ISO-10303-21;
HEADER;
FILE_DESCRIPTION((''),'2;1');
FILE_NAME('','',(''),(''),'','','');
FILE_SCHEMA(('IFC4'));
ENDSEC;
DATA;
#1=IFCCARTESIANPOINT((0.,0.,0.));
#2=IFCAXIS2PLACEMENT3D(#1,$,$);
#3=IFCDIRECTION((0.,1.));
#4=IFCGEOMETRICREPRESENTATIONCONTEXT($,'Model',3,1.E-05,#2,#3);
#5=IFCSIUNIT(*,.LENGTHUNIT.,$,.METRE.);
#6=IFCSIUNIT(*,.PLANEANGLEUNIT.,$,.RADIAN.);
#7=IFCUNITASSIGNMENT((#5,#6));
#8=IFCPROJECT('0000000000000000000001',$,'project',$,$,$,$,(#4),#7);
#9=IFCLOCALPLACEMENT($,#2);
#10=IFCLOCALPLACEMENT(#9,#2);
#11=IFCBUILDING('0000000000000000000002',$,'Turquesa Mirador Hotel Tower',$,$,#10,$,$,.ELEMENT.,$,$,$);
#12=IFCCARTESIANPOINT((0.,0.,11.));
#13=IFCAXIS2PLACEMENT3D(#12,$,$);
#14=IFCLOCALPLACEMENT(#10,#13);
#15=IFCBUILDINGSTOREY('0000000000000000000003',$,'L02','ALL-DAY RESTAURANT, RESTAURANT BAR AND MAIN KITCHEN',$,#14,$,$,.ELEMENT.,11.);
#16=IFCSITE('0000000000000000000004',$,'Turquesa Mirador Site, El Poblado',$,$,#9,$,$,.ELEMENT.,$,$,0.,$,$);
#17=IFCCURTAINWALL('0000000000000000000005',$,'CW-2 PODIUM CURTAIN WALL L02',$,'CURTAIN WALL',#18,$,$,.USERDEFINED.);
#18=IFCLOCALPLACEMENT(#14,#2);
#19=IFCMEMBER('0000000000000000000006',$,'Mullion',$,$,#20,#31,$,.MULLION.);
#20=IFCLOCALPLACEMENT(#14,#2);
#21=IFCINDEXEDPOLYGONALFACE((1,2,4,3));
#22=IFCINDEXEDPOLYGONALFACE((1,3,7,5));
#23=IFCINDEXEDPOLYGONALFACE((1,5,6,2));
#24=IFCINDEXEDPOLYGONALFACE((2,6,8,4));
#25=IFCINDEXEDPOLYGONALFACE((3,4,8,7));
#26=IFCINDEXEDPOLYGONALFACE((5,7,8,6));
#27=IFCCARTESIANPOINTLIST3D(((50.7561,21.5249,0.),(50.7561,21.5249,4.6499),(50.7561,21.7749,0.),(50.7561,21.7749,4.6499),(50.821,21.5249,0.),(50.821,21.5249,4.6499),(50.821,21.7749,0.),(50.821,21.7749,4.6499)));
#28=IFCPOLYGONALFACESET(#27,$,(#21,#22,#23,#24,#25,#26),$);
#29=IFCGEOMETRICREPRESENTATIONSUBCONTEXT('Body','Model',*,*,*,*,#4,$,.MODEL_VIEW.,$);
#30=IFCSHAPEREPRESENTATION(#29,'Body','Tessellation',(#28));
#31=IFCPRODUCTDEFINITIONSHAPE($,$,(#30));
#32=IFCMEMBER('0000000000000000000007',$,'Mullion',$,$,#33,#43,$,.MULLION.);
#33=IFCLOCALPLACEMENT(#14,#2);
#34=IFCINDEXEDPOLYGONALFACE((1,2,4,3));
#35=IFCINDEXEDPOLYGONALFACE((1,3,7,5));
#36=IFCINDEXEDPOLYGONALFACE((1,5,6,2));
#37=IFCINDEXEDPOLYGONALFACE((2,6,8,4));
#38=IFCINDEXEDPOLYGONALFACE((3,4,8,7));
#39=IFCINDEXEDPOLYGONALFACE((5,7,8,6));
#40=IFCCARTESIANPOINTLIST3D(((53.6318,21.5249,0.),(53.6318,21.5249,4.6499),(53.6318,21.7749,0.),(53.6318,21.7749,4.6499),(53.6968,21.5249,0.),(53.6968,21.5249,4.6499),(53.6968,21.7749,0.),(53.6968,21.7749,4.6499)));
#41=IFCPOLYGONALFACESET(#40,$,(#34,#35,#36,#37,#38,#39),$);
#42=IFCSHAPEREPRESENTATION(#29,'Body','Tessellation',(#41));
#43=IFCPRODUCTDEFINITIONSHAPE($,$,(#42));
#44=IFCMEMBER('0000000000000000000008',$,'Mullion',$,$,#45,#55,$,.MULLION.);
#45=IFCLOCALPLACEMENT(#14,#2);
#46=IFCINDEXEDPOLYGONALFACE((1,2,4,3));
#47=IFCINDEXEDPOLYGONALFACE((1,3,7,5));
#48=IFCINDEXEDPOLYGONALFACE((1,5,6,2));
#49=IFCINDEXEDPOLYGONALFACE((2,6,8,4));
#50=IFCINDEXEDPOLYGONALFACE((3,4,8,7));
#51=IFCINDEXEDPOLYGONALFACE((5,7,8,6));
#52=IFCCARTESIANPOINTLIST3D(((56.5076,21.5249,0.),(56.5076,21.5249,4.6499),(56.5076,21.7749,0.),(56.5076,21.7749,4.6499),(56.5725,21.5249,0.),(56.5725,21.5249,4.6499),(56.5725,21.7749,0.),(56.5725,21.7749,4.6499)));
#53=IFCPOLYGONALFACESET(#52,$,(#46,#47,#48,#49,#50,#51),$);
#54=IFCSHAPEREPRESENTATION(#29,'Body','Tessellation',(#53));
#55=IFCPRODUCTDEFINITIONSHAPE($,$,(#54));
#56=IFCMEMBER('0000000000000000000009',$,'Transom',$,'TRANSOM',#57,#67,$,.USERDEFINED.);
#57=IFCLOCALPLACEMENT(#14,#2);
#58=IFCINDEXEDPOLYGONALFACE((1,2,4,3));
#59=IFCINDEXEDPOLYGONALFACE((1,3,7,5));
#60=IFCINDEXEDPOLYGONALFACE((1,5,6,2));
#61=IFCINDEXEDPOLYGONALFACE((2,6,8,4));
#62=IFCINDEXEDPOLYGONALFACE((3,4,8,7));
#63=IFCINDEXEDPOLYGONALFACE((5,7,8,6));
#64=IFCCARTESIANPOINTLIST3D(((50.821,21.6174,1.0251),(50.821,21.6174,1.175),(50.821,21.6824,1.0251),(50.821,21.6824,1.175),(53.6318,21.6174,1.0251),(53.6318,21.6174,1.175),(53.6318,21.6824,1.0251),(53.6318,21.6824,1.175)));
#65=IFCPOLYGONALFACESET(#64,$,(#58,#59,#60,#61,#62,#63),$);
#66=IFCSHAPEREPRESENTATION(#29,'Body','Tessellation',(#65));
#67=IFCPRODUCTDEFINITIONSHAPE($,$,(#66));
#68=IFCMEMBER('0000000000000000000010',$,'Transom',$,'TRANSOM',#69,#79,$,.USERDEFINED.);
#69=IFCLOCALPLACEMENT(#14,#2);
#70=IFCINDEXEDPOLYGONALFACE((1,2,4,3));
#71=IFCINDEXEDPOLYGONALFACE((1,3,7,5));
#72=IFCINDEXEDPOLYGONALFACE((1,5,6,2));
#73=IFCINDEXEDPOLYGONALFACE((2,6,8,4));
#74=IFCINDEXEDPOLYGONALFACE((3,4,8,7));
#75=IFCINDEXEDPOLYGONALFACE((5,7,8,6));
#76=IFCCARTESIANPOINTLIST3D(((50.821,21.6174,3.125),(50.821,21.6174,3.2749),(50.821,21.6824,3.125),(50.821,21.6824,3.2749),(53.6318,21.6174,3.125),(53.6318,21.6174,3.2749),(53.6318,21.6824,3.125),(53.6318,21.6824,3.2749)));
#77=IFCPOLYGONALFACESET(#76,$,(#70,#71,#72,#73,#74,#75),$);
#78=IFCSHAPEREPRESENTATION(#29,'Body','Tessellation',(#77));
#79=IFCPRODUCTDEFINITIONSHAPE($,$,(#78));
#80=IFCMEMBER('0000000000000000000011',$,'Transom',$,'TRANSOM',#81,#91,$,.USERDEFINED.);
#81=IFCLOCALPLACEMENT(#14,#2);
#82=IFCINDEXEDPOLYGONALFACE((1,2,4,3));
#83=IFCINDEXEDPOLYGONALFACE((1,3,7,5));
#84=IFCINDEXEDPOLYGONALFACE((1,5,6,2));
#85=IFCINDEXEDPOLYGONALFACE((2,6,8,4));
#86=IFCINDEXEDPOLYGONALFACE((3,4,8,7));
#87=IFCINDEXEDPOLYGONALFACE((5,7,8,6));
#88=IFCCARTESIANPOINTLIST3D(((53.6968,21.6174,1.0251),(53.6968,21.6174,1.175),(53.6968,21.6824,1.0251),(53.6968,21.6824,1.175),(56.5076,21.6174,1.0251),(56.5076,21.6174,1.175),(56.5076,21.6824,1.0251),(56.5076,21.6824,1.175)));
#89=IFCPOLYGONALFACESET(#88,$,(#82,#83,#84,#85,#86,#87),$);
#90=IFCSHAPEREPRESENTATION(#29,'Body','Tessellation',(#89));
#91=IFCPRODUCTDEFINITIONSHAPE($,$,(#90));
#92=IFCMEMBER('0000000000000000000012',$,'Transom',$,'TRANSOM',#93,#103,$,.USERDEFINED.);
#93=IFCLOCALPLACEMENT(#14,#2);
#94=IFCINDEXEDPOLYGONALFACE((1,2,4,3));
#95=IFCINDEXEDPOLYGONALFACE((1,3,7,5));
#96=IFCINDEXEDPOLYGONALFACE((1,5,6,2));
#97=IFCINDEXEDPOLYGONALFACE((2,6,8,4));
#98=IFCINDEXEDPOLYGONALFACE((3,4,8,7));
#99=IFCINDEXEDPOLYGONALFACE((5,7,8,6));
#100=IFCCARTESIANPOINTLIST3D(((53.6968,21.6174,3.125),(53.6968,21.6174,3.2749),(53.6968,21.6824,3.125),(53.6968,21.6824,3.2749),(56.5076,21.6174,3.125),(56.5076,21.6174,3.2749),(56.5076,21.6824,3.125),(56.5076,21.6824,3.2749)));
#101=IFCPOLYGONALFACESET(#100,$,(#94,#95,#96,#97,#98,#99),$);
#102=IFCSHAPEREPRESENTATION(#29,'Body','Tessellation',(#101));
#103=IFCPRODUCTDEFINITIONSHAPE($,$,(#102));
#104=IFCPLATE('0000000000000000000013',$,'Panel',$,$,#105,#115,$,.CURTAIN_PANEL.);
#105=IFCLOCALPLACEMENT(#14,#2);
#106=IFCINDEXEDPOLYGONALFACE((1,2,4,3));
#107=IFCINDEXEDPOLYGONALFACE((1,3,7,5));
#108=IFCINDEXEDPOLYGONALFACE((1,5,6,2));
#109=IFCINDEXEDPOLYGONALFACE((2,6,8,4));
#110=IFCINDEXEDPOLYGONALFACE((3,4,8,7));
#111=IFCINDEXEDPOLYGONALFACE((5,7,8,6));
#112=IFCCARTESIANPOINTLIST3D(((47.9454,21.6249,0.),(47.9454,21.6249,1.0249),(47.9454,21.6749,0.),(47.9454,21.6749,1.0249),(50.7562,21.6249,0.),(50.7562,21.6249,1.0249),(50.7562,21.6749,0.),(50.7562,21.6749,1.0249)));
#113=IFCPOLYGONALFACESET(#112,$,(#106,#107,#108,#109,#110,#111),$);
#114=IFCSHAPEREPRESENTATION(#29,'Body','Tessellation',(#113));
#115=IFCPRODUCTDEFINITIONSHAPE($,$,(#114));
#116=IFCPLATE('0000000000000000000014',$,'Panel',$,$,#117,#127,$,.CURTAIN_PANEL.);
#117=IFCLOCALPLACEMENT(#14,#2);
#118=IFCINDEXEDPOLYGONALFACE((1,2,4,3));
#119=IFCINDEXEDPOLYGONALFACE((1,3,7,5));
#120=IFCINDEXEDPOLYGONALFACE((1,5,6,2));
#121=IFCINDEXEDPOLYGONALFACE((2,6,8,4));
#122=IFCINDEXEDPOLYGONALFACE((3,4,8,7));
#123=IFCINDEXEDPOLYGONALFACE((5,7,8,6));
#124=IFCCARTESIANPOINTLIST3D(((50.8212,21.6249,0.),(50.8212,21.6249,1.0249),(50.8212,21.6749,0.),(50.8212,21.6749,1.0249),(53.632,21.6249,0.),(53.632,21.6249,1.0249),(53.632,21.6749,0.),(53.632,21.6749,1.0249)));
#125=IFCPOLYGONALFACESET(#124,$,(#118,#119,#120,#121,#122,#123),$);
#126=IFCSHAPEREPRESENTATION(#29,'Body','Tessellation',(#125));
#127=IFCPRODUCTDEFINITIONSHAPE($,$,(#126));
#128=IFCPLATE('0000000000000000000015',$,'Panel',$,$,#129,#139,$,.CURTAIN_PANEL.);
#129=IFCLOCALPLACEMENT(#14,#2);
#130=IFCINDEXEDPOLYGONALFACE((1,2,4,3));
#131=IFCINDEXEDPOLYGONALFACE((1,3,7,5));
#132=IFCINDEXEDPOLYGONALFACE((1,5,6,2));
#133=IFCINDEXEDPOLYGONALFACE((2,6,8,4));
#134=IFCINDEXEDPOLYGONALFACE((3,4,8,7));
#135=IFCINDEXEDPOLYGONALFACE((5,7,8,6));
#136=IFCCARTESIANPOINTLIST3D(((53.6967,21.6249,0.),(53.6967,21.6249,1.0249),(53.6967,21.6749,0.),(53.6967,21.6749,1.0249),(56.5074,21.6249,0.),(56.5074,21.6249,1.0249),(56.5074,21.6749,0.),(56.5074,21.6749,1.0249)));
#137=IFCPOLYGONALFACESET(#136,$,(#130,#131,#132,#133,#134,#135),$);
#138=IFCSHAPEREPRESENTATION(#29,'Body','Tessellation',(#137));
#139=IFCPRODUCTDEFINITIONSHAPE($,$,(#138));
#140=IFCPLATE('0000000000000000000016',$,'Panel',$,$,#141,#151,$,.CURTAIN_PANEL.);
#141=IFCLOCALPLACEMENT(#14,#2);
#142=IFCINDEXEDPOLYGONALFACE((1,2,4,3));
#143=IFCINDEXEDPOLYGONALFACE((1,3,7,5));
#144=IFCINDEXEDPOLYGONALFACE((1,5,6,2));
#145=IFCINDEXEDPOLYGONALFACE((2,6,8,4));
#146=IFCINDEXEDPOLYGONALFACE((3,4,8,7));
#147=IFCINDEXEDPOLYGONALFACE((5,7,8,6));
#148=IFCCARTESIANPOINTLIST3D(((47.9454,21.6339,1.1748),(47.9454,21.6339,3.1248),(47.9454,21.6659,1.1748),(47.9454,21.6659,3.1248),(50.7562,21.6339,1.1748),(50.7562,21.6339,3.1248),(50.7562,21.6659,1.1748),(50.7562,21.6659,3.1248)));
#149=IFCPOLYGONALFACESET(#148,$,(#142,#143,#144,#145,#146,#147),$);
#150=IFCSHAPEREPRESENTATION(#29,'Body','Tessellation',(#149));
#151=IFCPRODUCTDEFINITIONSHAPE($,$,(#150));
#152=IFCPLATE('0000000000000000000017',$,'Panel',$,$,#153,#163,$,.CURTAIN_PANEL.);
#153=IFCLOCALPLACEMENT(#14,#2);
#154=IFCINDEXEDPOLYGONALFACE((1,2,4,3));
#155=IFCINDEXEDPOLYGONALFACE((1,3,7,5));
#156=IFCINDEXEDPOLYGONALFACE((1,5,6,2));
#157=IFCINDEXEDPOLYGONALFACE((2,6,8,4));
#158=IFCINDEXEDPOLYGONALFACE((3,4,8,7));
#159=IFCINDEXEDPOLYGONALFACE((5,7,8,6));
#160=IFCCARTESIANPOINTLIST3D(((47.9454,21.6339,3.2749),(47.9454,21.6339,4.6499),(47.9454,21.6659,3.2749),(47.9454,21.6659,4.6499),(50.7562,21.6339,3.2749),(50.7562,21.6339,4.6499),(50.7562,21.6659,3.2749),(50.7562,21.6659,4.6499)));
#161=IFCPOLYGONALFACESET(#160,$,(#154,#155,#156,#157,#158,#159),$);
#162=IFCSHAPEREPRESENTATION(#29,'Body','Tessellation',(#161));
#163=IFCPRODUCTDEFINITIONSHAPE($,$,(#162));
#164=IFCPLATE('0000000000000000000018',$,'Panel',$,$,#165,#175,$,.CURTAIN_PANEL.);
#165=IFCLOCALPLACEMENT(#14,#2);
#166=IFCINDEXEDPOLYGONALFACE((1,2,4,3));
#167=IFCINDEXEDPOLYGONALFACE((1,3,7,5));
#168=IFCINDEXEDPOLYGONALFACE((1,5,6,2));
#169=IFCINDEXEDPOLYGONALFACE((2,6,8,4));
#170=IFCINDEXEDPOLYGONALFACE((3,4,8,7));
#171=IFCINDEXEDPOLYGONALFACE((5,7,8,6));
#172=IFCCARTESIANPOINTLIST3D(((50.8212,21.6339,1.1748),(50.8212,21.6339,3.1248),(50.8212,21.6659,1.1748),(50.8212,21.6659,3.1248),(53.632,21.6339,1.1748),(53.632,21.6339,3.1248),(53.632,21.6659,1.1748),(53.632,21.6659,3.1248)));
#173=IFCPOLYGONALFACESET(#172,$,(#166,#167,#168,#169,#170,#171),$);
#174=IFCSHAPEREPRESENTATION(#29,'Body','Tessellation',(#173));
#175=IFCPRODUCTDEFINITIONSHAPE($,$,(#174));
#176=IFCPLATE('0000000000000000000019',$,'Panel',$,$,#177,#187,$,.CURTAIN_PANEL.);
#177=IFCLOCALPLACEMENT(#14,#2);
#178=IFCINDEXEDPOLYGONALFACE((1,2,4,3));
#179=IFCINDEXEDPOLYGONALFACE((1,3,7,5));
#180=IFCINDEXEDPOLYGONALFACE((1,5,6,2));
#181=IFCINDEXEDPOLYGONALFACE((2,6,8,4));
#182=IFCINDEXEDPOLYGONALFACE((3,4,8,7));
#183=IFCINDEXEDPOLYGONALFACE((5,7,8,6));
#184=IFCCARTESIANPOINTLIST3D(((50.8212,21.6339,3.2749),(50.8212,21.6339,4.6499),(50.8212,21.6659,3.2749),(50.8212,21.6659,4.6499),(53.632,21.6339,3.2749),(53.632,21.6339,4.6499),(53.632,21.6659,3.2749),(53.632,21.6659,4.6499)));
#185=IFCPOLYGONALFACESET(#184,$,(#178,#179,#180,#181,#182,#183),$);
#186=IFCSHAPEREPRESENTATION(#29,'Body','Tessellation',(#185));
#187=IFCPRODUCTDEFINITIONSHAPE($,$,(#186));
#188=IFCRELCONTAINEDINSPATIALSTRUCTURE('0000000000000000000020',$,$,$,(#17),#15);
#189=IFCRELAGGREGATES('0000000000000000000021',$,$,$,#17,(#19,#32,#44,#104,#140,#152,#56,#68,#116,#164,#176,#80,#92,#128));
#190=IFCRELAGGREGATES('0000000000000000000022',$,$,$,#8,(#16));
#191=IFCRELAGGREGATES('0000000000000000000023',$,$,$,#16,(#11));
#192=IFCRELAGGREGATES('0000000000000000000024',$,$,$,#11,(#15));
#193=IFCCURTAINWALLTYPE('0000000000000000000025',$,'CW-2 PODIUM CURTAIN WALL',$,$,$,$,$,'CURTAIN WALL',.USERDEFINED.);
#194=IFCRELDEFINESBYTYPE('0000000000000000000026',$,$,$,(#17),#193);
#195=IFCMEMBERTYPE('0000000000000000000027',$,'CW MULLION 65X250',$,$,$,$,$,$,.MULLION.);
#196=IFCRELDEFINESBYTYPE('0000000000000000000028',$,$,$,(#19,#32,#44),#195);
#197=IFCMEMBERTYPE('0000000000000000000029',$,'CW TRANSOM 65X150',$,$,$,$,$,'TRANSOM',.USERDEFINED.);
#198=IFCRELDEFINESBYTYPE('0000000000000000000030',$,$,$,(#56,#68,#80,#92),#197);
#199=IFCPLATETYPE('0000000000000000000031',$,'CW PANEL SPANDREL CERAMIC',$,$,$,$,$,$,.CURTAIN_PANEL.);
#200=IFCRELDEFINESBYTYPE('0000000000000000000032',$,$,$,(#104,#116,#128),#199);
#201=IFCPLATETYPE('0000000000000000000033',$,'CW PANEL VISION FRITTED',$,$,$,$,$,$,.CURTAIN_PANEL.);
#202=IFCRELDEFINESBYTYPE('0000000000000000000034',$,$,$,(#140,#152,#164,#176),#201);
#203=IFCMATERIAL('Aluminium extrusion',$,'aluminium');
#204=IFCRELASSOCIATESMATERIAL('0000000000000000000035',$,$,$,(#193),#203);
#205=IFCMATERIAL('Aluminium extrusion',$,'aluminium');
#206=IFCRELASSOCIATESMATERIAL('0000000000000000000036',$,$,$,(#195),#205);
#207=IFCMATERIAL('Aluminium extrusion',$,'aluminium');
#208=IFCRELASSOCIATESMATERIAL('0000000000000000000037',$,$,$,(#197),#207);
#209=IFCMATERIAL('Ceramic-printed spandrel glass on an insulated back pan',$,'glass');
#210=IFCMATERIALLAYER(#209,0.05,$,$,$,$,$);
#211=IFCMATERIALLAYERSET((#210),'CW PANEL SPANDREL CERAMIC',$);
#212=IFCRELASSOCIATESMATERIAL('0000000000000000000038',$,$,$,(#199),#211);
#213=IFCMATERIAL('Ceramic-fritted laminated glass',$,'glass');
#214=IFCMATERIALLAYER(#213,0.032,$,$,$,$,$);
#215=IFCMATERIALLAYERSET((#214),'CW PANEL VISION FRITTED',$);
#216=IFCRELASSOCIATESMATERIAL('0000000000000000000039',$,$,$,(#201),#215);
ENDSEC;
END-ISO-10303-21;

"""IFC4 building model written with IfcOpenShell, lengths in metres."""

from ifc_helpers import new_model, si_unit, direction, frame, origin, origin_2d, place, context, subcontext, project, spatial, rectangle, extrude, material, layer, layer_set, material_profile, profile_set, type_object, element, aggregate, save


model = new_model("IFC4")

# Units and contexts
model_context = context("Model", 3, precision=1e-05, world=origin(), true_north=direction((0.0, 1.0)))
body_context = subcontext(model_context, "Body", "Model", "MODEL_VIEW")
ifc_project = project(units=[si_unit("LENGTHUNIT", "METRE"), si_unit("PLANEANGLEUNIT", "RADIAN")], contexts=[model_context])

# Site, building, storey
site_placement = place(None, origin())
site = spatial("IfcSite", under=ifc_project, at=site_placement, Name="Turquesa Mirador Site, El Poblado", CompositionType="ELEMENT", RefElevation=0.0)
building_placement = place(site_placement, origin())
building = spatial("IfcBuilding", under=site, at=building_placement, Name="Turquesa Mirador Hotel Tower", CompositionType="ELEMENT")
storey_placement = place(building_placement, frame((0.0, 0.0, 11.0)))
storey = spatial("IfcBuildingStorey", under=building, at=storey_placement, Name="L02", Description="ALL-DAY RESTAURANT, RESTAURANT BAR AND MAIN KITCHEN", CompositionType="ELEMENT", Elevation=11.0)

# Curtain wall, members, plates
ifc_material_1 = material(Name="Aluminium extrusion", Category="aluminium")
curtain_wall_type = type_object("IfcCurtainWallType", Name="CW-2 PODIUM CURTAIN WALL", ElementType="CURTAIN WALL", PredefinedType="USERDEFINED", material=ifc_material_1)
curtain_wall_placement = place(storey_placement, origin())
curtain_wall = element("IfcCurtainWall", 1, at=curtain_wall_placement, inside=storey, type_object=curtain_wall_type, Name="CW-2 PODIUM CURTAIN WALL L02", ObjectType="CURTAIN WALL", PredefinedType="USERDEFINED")
ifc_material_2 = material(Name="Aluminium extrusion", Category="aluminium")
ifc_material_profile_1 = material_profile(ifc_material_2, rectangle(XDim=0.0649, YDim=0.25, at=origin_2d()), Name="MULLION 65X250")
ifc_profile_set_1 = profile_set([ifc_material_profile_1], Name="Aluminium extrusion")
member_type_1 = type_object("IfcMemberType", Name="CW MULLION 65X250", PredefinedType="MULLION", material=ifc_profile_set_1)
member_1_placement = place(storey_placement, frame((50.7886, 21.6499, 0.0), z_axis=(0.0, 0.0, 1.0), x_axis=(1.0, 0.0, 0.0)))
member_1 = element("IfcMember", 2, at=member_1_placement, type_object=member_type_1, Name="Mullion", PredefinedType="MULLION", context=body_context, shape_type="SweptSolid", body=[
    extrude(rectangle(XDim=0.0649, YDim=0.25, at=origin_2d()), origin(), (0.0, 0.0, 1.0), 4.6499),
])
member_2_placement = place(storey_placement, frame((53.6643, 21.6499, 0.0), z_axis=(0.0, 0.0, 1.0), x_axis=(1.0, 0.0, 0.0)))
member_2 = element("IfcMember", 3, at=member_2_placement, type_object=member_type_1, Name="Mullion", PredefinedType="MULLION", context=body_context, shape_type="SweptSolid", body=[
    extrude(rectangle(XDim=0.0649, YDim=0.25, at=origin_2d()), origin(), (0.0, 0.0, 1.0), 4.6499),
])
member_3_placement = place(storey_placement, frame((56.54, 21.6499, 0.0), z_axis=(0.0, 0.0, 1.0), x_axis=(1.0, 0.0, 0.0)))
member_3 = element("IfcMember", 4, at=member_3_placement, type_object=member_type_1, Name="Mullion", PredefinedType="MULLION", context=body_context, shape_type="SweptSolid", body=[
    extrude(rectangle(XDim=0.0649, YDim=0.25, at=origin_2d()), origin(), (0.0, 0.0, 1.0), 4.6499),
])
ifc_material_3 = material(Name="Aluminium extrusion", Category="aluminium")
ifc_material_profile_2 = material_profile(ifc_material_3, rectangle(XDim=0.0649, YDim=0.1499, at=origin_2d()), Name="TRANSOM 65X150")
ifc_profile_set_2 = profile_set([ifc_material_profile_2], Name="Aluminium extrusion")
member_type_2 = type_object("IfcMemberType", Name="CW TRANSOM 65X150", ElementType="TRANSOM", PredefinedType="USERDEFINED", material=ifc_profile_set_2)
member_4_placement = place(storey_placement, frame((50.821, 21.6499, 1.1001), z_axis=(1.0, 0.0, 0.0), x_axis=(0.0, 1.0, 0.0)))
member_4 = element("IfcMember", 5, at=member_4_placement, type_object=member_type_2, Name="Transom", ObjectType="TRANSOM", PredefinedType="USERDEFINED", context=body_context, shape_type="SweptSolid", body=[
    extrude(rectangle(XDim=0.0649, YDim=0.1499, at=origin_2d()), origin(), (0.0, 0.0, 1.0), 2.8108),
])
member_5_placement = place(storey_placement, frame((50.821, 21.6499, 3.2), z_axis=(1.0, 0.0, 0.0), x_axis=(0.0, 1.0, 0.0)))
member_5 = element("IfcMember", 6, at=member_5_placement, type_object=member_type_2, Name="Transom", ObjectType="TRANSOM", PredefinedType="USERDEFINED", context=body_context, shape_type="SweptSolid", body=[
    extrude(rectangle(XDim=0.0649, YDim=0.1499, at=origin_2d()), origin(), (0.0, 0.0, 1.0), 2.8108),
])
member_6_placement = place(storey_placement, frame((53.6968, 21.6499, 1.1001), z_axis=(1.0, 0.0, 0.0), x_axis=(0.0, 1.0, 0.0)))
member_6 = element("IfcMember", 7, at=member_6_placement, type_object=member_type_2, Name="Transom", ObjectType="TRANSOM", PredefinedType="USERDEFINED", context=body_context, shape_type="SweptSolid", body=[
    extrude(rectangle(XDim=0.0649, YDim=0.1499, at=origin_2d()), origin(), (0.0, 0.0, 1.0), 2.8108),
])
member_7_placement = place(storey_placement, frame((53.6968, 21.6499, 3.2), z_axis=(1.0, 0.0, 0.0), x_axis=(0.0, 1.0, 0.0)))
member_7 = element("IfcMember", 8, at=member_7_placement, type_object=member_type_2, Name="Transom", ObjectType="TRANSOM", PredefinedType="USERDEFINED", context=body_context, shape_type="SweptSolid", body=[
    extrude(rectangle(XDim=0.0649, YDim=0.1499, at=origin_2d()), origin(), (0.0, 0.0, 1.0), 2.8108),
])
ifc_material_4 = material(Name="Ceramic-printed spandrel glass on an insulated back pan", Category="glass")
ifc_layer_1 = layer(ifc_material_4, 0.05)
ifc_layer_set_1 = layer_set([ifc_layer_1], Name="CW PANEL SPANDREL CERAMIC")
plate_type_1 = type_object("IfcPlateType", Name="CW PANEL SPANDREL CERAMIC", PredefinedType="CURTAIN_PANEL", material=ifc_layer_set_1)
plate_1_placement = place(storey_placement, frame((49.3508, 21.6499, 0.0), z_axis=(0.0, 0.0, 1.0), x_axis=(1.0, 0.0, 0.0)))
plate_1 = element("IfcPlate", 9, at=plate_1_placement, type_object=plate_type_1, Name="Panel", PredefinedType="CURTAIN_PANEL", context=body_context, shape_type="SweptSolid", body=[
    extrude(rectangle(XDim=2.8108, YDim=0.05, at=origin_2d()), origin(), (0.0, 0.0, 1.0), 1.0249),
])
plate_2_placement = place(storey_placement, frame((52.2266, 21.6499, 0.0), z_axis=(0.0, 0.0, 1.0), x_axis=(1.0, 0.0, 0.0)))
plate_2 = element("IfcPlate", 10, at=plate_2_placement, type_object=plate_type_1, Name="Panel", PredefinedType="CURTAIN_PANEL", context=body_context, shape_type="SweptSolid", body=[
    extrude(rectangle(XDim=2.8108, YDim=0.05, at=origin_2d()), origin(), (0.0, 0.0, 1.0), 1.0249),
])
plate_3_placement = place(storey_placement, frame((55.1021, 21.6499, 0.0), z_axis=(0.0, 0.0, 1.0), x_axis=(1.0, 0.0, 0.0)))
plate_3 = element("IfcPlate", 11, at=plate_3_placement, type_object=plate_type_1, Name="Panel", PredefinedType="CURTAIN_PANEL", context=body_context, shape_type="SweptSolid", body=[
    extrude(rectangle(XDim=2.8108, YDim=0.05, at=origin_2d()), origin(), (0.0, 0.0, 1.0), 1.0249),
])
ifc_material_5 = material(Name="Ceramic-fritted laminated glass", Category="glass")
ifc_layer_2 = layer(ifc_material_5, 0.032)
ifc_layer_set_2 = layer_set([ifc_layer_2], Name="CW PANEL VISION FRITTED")
plate_type_2 = type_object("IfcPlateType", Name="CW PANEL VISION FRITTED", PredefinedType="CURTAIN_PANEL", material=ifc_layer_set_2)
plate_4_placement = place(storey_placement, frame((49.3508, 21.6499, 1.1748), z_axis=(0.0, 0.0, 1.0), x_axis=(1.0, 0.0, 0.0)))
plate_4 = element("IfcPlate", 12, at=plate_4_placement, type_object=plate_type_2, Name="Panel", PredefinedType="CURTAIN_PANEL", context=body_context, shape_type="SweptSolid", body=[
    extrude(rectangle(XDim=2.8108, YDim=0.032, at=origin_2d()), origin(), (0.0, 0.0, 1.0), 1.95),
])
plate_5_placement = place(storey_placement, frame((49.3508, 21.6499, 3.2749), z_axis=(0.0, 0.0, 1.0), x_axis=(1.0, 0.0, 0.0)))
plate_5 = element("IfcPlate", 13, at=plate_5_placement, type_object=plate_type_2, Name="Panel", PredefinedType="CURTAIN_PANEL", context=body_context, shape_type="SweptSolid", body=[
    extrude(rectangle(XDim=2.8108, YDim=0.032, at=origin_2d()), origin(), (0.0, 0.0, 1.0), 1.375),
])
plate_6_placement = place(storey_placement, frame((52.2266, 21.6499, 1.1748), z_axis=(0.0, 0.0, 1.0), x_axis=(1.0, 0.0, 0.0)))
plate_6 = element("IfcPlate", 14, at=plate_6_placement, type_object=plate_type_2, Name="Panel", PredefinedType="CURTAIN_PANEL", context=body_context, shape_type="SweptSolid", body=[
    extrude(rectangle(XDim=2.8108, YDim=0.032, at=origin_2d()), origin(), (0.0, 0.0, 1.0), 1.95),
])
plate_7_placement = place(storey_placement, frame((52.2266, 21.6499, 3.2749), z_axis=(0.0, 0.0, 1.0), x_axis=(1.0, 0.0, 0.0)))
plate_7 = element("IfcPlate", 15, at=plate_7_placement, type_object=plate_type_2, Name="Panel", PredefinedType="CURTAIN_PANEL", context=body_context, shape_type="SweptSolid", body=[
    extrude(rectangle(XDim=2.8108, YDim=0.032, at=origin_2d()), origin(), (0.0, 0.0, 1.0), 1.375),
])
aggregate(curtain_wall, [member_1, member_2, member_3, plate_1, plate_4, plate_5, member_4, member_5, plate_2, plate_6, plate_7, member_6, member_7, plate_3])

save(model, "model.ifc")
